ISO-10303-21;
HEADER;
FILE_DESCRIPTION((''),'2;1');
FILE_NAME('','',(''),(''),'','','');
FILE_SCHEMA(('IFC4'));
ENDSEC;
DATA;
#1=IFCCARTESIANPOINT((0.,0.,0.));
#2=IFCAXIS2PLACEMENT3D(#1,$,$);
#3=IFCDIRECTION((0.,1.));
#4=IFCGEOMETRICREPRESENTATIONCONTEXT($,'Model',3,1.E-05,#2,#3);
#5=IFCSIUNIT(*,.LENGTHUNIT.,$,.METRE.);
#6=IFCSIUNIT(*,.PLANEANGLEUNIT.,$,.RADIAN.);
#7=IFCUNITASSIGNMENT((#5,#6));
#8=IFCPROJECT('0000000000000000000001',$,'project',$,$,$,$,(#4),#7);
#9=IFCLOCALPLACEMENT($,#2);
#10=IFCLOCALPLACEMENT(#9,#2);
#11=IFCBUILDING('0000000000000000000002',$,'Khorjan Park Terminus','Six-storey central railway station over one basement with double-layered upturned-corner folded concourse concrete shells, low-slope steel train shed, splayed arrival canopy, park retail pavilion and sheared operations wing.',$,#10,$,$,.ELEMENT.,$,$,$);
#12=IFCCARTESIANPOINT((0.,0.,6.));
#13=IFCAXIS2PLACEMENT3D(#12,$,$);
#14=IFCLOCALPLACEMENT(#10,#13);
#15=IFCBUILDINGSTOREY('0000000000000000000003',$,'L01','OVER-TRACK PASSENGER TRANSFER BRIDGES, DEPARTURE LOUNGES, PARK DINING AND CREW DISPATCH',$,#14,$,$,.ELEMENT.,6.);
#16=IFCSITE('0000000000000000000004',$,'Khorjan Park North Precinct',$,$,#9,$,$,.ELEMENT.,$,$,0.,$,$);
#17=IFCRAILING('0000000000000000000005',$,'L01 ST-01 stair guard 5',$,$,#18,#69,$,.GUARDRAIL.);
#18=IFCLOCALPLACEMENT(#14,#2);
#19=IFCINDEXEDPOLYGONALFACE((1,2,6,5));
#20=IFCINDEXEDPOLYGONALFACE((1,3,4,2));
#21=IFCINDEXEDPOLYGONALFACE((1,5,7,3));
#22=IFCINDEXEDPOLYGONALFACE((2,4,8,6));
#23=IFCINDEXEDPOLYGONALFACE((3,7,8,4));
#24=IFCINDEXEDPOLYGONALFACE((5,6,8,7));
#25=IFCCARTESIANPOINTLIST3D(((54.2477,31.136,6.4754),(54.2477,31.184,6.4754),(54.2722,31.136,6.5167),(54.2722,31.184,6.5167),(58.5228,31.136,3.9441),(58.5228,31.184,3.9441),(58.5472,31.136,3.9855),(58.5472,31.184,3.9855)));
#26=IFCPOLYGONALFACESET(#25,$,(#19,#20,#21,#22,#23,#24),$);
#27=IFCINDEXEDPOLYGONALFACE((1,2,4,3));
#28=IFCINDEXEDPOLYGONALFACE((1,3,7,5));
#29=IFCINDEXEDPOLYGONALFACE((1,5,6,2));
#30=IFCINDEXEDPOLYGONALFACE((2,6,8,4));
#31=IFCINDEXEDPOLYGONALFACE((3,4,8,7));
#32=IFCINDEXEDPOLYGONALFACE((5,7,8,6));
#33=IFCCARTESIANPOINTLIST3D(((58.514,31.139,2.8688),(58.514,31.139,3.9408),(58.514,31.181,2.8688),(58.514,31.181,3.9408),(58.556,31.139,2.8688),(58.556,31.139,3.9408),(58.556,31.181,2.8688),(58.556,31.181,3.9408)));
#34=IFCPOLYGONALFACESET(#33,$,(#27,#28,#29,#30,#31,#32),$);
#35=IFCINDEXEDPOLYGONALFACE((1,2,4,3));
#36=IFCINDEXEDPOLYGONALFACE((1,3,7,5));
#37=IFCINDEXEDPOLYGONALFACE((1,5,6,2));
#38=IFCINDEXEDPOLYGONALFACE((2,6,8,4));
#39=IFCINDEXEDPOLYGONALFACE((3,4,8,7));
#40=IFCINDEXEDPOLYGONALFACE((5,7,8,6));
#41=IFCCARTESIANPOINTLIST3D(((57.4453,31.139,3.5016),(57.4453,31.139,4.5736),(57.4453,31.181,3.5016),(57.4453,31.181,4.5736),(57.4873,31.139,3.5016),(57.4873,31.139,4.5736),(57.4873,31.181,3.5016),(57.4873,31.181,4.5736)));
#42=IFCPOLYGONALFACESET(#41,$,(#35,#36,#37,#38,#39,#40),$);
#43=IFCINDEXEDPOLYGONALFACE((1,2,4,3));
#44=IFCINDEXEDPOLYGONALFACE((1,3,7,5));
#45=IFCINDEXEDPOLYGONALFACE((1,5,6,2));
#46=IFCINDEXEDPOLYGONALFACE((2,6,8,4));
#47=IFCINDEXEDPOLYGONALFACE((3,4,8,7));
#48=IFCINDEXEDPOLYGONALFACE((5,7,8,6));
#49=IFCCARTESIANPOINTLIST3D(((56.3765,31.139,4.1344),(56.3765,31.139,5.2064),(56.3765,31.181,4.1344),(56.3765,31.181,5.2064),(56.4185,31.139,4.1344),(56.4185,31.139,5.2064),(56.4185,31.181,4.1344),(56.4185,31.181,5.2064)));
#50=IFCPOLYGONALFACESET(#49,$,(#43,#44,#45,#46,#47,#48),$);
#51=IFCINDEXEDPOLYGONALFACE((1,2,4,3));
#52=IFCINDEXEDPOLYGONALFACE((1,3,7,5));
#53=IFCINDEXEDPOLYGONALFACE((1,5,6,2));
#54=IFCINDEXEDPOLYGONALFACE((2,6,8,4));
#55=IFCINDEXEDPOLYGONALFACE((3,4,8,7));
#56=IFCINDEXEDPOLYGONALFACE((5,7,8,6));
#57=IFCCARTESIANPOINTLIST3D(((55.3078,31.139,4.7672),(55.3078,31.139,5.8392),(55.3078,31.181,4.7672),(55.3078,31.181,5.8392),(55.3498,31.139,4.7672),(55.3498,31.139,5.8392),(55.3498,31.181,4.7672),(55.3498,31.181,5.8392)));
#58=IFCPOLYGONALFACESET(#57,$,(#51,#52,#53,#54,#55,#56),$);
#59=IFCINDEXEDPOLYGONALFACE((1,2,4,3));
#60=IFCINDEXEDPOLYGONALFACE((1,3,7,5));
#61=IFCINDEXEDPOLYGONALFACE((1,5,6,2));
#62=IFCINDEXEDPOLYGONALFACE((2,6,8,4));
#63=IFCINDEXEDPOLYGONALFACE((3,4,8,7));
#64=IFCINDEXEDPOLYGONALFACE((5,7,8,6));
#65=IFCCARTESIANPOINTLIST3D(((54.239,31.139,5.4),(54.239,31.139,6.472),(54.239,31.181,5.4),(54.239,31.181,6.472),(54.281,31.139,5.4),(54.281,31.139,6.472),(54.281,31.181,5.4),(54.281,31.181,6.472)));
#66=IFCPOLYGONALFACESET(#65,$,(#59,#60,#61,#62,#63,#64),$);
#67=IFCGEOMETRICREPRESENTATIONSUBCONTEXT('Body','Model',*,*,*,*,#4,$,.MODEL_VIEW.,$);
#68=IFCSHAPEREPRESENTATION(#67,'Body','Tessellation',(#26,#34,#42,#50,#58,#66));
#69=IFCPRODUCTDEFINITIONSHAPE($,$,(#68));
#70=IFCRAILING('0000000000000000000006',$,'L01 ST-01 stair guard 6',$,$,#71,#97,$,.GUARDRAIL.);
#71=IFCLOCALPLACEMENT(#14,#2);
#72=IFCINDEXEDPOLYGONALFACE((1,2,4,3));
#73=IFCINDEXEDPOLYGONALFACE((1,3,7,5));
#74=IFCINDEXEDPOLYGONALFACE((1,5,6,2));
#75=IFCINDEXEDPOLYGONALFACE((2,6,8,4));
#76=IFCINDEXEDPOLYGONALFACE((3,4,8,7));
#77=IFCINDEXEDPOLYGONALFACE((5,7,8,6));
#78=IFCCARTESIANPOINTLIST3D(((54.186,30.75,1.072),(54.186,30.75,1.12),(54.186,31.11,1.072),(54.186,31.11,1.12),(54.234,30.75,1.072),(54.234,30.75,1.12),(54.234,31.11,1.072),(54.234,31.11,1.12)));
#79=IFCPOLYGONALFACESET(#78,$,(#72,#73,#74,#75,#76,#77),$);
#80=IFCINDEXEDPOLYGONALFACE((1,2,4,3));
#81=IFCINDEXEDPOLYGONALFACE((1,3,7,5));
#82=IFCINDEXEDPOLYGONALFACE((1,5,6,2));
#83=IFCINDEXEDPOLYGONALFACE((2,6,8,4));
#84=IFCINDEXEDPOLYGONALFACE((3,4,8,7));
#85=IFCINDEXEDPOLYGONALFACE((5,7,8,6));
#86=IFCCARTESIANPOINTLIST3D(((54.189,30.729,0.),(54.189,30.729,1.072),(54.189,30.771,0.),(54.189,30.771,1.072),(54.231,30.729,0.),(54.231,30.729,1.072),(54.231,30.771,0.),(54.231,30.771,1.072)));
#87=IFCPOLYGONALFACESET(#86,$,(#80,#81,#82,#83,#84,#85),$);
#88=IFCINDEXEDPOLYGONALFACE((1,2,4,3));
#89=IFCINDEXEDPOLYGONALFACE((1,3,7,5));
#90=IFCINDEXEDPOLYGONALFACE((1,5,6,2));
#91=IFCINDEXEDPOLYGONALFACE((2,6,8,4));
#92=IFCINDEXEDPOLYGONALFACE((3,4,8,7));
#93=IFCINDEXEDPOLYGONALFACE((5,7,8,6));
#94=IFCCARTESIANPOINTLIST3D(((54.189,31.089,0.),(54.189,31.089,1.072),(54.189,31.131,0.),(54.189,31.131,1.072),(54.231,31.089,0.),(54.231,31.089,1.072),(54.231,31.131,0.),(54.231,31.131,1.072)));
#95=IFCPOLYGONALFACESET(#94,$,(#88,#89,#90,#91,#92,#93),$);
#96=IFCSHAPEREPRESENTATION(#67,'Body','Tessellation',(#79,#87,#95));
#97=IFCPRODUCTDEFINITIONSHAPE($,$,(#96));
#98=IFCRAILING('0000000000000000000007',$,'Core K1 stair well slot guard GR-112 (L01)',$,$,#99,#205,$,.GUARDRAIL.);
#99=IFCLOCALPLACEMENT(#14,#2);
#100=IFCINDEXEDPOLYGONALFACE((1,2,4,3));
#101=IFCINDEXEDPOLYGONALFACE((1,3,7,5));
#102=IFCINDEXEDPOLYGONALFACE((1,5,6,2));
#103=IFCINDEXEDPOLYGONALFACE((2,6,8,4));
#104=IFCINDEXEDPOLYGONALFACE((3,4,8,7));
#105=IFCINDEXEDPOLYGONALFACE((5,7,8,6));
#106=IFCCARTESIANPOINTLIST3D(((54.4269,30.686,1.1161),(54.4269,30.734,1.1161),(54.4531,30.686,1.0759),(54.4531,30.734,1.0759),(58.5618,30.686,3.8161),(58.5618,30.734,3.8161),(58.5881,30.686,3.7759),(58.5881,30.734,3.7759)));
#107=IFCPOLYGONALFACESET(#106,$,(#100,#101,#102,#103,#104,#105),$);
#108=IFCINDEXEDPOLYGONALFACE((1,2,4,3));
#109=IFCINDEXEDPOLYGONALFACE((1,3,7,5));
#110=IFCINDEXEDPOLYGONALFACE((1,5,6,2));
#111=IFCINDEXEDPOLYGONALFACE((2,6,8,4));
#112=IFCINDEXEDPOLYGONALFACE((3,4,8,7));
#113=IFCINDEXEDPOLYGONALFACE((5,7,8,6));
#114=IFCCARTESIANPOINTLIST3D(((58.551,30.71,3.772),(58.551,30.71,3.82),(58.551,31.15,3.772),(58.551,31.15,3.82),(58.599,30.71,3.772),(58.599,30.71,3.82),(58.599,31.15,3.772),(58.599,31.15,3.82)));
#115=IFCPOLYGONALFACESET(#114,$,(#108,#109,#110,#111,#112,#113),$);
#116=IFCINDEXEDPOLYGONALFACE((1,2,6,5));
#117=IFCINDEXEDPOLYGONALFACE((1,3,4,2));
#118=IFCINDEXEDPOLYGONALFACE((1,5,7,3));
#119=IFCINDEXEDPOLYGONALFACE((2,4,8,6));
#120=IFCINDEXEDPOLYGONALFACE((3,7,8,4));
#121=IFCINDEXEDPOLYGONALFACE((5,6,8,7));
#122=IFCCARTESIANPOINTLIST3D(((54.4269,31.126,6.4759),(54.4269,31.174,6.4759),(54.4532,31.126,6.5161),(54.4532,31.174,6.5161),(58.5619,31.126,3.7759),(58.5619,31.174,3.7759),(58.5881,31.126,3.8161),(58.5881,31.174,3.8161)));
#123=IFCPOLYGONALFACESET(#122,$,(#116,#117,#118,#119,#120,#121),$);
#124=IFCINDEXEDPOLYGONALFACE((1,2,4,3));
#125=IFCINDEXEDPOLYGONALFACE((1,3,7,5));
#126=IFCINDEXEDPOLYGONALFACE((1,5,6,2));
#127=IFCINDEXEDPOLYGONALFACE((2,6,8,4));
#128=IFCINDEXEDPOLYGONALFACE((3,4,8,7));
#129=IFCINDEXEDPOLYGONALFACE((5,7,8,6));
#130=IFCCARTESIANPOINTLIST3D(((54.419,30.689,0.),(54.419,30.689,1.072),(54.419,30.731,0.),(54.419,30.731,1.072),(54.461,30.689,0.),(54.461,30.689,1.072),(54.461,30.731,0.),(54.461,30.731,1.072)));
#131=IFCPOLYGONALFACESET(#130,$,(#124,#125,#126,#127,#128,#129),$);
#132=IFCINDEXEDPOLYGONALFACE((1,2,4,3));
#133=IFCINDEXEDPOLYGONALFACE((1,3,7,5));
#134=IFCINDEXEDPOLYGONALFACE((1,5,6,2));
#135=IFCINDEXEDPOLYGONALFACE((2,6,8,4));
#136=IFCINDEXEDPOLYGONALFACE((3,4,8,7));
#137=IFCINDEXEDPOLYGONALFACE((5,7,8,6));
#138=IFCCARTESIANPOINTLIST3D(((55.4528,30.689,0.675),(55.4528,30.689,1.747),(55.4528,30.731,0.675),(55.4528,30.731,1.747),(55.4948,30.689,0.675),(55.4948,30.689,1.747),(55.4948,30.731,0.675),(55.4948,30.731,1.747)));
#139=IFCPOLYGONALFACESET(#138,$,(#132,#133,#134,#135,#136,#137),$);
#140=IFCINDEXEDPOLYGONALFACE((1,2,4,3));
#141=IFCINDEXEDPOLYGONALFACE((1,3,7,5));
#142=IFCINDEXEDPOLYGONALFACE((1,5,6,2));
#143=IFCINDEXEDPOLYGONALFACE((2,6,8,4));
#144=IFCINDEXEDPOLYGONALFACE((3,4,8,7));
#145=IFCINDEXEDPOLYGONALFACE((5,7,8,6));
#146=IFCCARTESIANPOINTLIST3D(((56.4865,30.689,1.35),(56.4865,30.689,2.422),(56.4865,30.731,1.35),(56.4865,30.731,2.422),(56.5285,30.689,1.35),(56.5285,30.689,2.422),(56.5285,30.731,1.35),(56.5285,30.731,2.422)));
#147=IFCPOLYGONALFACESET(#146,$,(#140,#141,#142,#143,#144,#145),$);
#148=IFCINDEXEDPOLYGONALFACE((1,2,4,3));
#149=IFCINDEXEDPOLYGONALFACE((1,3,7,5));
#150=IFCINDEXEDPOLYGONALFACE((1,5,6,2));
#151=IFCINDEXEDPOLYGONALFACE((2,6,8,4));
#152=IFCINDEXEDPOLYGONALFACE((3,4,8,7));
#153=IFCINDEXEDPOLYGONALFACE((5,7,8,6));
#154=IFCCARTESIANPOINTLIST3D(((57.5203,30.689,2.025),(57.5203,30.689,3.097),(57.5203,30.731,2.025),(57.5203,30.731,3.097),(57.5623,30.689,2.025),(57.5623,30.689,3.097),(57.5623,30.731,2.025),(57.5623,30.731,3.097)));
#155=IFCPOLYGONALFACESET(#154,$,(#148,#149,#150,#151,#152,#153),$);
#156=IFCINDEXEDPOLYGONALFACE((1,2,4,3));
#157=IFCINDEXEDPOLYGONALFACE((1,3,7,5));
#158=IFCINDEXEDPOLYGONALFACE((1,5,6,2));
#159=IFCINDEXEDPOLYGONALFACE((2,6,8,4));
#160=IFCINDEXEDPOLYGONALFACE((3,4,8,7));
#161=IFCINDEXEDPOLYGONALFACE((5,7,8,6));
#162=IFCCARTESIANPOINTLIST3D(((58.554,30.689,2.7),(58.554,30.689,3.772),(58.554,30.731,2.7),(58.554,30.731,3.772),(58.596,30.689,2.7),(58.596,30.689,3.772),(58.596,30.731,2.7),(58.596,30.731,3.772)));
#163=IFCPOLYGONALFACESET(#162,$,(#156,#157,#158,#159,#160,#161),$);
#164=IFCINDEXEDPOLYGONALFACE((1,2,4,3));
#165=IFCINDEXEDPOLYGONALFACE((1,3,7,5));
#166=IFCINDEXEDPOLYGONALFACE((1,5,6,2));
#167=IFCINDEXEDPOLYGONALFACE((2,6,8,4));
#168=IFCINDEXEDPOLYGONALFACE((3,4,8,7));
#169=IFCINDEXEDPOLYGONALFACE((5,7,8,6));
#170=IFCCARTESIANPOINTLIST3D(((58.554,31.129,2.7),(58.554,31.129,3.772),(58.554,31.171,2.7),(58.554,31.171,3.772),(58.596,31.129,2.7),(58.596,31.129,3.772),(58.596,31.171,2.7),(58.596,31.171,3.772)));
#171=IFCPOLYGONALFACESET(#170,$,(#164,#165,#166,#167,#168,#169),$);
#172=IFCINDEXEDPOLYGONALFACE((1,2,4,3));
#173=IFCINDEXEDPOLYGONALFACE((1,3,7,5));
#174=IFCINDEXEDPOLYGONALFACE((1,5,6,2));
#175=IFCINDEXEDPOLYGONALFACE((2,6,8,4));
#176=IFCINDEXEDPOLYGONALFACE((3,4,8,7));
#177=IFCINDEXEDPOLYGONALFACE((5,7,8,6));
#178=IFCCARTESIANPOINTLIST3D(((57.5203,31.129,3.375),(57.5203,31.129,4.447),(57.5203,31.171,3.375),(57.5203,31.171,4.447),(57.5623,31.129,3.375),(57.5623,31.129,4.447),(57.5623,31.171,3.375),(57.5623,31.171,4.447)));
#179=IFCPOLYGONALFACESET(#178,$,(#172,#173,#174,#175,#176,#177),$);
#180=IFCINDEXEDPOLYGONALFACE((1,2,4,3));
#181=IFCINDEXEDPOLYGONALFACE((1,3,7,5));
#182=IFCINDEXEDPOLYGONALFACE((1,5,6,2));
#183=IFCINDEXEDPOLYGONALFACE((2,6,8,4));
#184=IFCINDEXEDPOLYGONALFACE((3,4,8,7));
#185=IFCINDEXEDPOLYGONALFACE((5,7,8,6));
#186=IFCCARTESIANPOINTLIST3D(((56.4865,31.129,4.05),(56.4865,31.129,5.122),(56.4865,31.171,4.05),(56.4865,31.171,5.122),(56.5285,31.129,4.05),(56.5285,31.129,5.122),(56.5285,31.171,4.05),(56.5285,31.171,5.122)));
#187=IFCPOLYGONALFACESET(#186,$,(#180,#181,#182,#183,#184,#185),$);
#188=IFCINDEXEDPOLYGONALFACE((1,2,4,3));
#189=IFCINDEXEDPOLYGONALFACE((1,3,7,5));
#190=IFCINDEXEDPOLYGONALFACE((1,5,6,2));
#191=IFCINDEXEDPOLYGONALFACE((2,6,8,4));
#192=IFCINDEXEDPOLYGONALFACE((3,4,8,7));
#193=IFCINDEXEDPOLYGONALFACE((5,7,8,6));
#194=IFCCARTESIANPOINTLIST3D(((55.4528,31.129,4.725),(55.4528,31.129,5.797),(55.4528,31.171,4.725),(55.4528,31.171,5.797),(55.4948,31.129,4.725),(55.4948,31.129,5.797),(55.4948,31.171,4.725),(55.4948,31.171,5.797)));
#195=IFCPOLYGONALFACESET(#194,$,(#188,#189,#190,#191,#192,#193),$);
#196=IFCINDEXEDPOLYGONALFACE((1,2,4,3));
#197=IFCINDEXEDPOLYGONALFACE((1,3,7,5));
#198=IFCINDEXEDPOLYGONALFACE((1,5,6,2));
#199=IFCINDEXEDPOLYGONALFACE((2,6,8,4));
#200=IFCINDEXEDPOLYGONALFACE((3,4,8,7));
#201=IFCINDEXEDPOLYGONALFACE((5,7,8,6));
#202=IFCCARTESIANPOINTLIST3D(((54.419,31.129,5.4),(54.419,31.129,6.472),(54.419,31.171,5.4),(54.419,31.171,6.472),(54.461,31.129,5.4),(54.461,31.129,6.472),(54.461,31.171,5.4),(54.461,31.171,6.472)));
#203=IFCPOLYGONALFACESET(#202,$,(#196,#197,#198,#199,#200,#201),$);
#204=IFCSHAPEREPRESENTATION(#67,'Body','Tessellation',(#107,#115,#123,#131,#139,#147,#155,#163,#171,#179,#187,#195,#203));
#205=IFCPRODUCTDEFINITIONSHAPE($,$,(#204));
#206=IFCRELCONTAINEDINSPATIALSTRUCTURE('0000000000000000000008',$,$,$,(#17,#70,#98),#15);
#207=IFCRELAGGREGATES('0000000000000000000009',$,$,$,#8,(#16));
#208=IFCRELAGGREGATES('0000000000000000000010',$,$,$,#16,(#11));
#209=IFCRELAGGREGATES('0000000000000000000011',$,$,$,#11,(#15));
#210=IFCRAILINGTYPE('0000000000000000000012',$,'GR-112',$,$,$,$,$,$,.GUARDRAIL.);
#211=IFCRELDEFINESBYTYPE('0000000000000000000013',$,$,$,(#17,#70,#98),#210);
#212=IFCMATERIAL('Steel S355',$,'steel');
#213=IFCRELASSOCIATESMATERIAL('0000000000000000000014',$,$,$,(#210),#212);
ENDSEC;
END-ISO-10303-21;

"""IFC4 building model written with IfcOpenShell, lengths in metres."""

from ifc_helpers import new_model, si_unit, direction, frame, origin, origin_2d, place, context, subcontext, project, spatial, rectangle, extrude, material, type_object, element, save


model = new_model("IFC4")

# Units and contexts
model_context = context("Model", 3, precision=1e-05, world=origin(), true_north=direction((0.0, 1.0)))
body_context = subcontext(model_context, "Body", "Model", "MODEL_VIEW")
ifc_project = project(units=[si_unit("LENGTHUNIT", "METRE"), si_unit("PLANEANGLEUNIT", "RADIAN")], contexts=[model_context])

# Site, building, storey
site_placement = place(None, origin())
site = spatial("IfcSite", under=ifc_project, at=site_placement, Name="Khorjan Park North Precinct", CompositionType="ELEMENT", RefElevation=0.0)
building_placement = place(site_placement, origin())
building = spatial("IfcBuilding", under=site, at=building_placement, Name="Khorjan Park Terminus", Description="Six-storey central railway station over one basement with double-layered upturned-corner folded concourse concrete shells, low-slope steel train shed, splayed arrival canopy, park retail pavilion and sheared operations wing.", CompositionType="ELEMENT")
storey_placement = place(building_placement, frame((0.0, 0.0, 6.0)))
storey = spatial("IfcBuildingStorey", under=building, at=storey_placement, Name="L01", Description="OVER-TRACK PASSENGER TRANSFER BRIDGES, DEPARTURE LOUNGES, PARK DINING AND CREW DISPATCH", CompositionType="ELEMENT", Elevation=6.0)

# Railings
ifc_material_1 = material(Name="Steel S355", Category="steel")
railing_type_1 = type_object("IfcRailingType", Name="GR-112", PredefinedType="GUARDRAIL", material=ifc_material_1)
railing_1_placement = place(storey_placement, frame((58.535, 31.16, 2.8688)))
element("IfcRailing", 1, at=railing_1_placement, inside=storey, type_object=railing_type_1, Name="L01 ST-01 stair guard 5", PredefinedType="GUARDRAIL", context=body_context, shape_type="SweptSolid", body=[
    extrude(rectangle(XDim=0.048, YDim=0.048, at=origin_2d()), frame((0.0, 0.0, 1.096), z_axis=(-0.86048, 0.0, 0.509485), x_axis=(0.0, -1.0, 0.0)), (0.0, 0.0, 1.0), 4.9682),
    extrude(rectangle(XDim=0.042, YDim=0.042, at=origin_2d()), origin(), (0.0, 0.0, 1.0), 1.072),
    extrude(rectangle(XDim=0.042, YDim=0.042, at=origin_2d()), frame((-1.0687, 0.0, 0.6328)), (0.0, 0.0, 1.0), 1.072),
    extrude(rectangle(XDim=0.042, YDim=0.042, at=origin_2d()), frame((-2.1375, 0.0, 1.2656)), (0.0, 0.0, 1.0), 1.072),
    extrude(rectangle(XDim=0.042, YDim=0.042, at=origin_2d()), frame((-3.2062, 0.0, 1.8984)), (0.0, 0.0, 1.0), 1.072),
    extrude(rectangle(XDim=0.042, YDim=0.042, at=origin_2d()), frame((-4.275, 0.0, 2.5312)), (0.0, 0.0, 1.0), 1.072),
])
railing_2_placement = place(storey_placement, frame((54.21, 30.75, 0.0)))
element("IfcRailing", 2, at=railing_2_placement, inside=storey, type_object=railing_type_1, Name="L01 ST-01 stair guard 6", PredefinedType="GUARDRAIL", context=body_context, shape_type="SweptSolid", body=[
    extrude(rectangle(XDim=0.048, YDim=0.048, at=origin_2d()), frame((0.0, 0.0, 1.096), z_axis=(0.0, 1.0, 0.0), x_axis=(-1.0, 0.0, 0.0)), (0.0, 0.0, 1.0), 0.36),
    extrude(rectangle(XDim=0.042, YDim=0.042, at=origin_2d()), origin(), (0.0, 0.0, 1.0), 1.072),
    extrude(rectangle(XDim=0.042, YDim=0.042, at=origin_2d()), frame((0.0, 0.36, 0.0)), (0.0, 0.0, 1.0), 1.072),
])
railing_3_placement = place(storey_placement, frame((54.44, 30.71, 0.0)))
element("IfcRailing", 3, at=railing_3_placement, inside=storey, type_object=railing_type_1, Name="Core K1 stair well slot guard GR-112 (L01)", PredefinedType="GUARDRAIL", context=body_context, shape_type="SweptSolid", body=[
    extrude(rectangle(XDim=0.048, YDim=0.048, at=origin_2d()), frame((0.0, 0.0, 1.096), z_axis=(0.837308, 0.0, 0.546731), x_axis=(0.0, 1.0, 0.0)), (0.0, 0.0, 1.0), 4.9384),
    extrude(rectangle(XDim=0.048, YDim=0.048, at=origin_2d()), frame((4.135, 0.0, 3.796), z_axis=(0.0, 1.0, 0.0), x_axis=(-1.0, 0.0, 0.0)), (0.0, 0.0, 1.0), 0.44),
    extrude(rectangle(XDim=0.048, YDim=0.048, at=origin_2d()), frame((4.135, 0.44, 3.796), z_axis=(-0.837308, 0.0, 0.546731), x_axis=(0.0, -1.0, 0.0)), (0.0, 0.0, 1.0), 4.9384),
    extrude(rectangle(XDim=0.042, YDim=0.042, at=origin_2d()), origin(), (0.0, 0.0, 1.0), 1.072),
    extrude(rectangle(XDim=0.042, YDim=0.042, at=origin_2d()), frame((1.0338, 0.0, 0.675)), (0.0, 0.0, 1.0), 1.072),
    extrude(rectangle(XDim=0.042, YDim=0.042, at=origin_2d()), frame((2.0675, 0.0, 1.35)), (0.0, 0.0, 1.0), 1.072),
    extrude(rectangle(XDim=0.042, YDim=0.042, at=origin_2d()), frame((3.1013, 0.0, 2.025)), (0.0, 0.0, 1.0), 1.072),
    extrude(rectangle(XDim=0.042, YDim=0.042, at=origin_2d()), frame((4.135, 0.0, 2.7)), (0.0, 0.0, 1.0), 1.072),
    extrude(rectangle(XDim=0.042, YDim=0.042, at=origin_2d()), frame((4.135, 0.44, 2.7)), (0.0, 0.0, 1.0), 1.072),
    extrude(rectangle(XDim=0.042, YDim=0.042, at=origin_2d()), frame((3.1013, 0.44, 3.375)), (0.0, 0.0, 1.0), 1.072),
    extrude(rectangle(XDim=0.042, YDim=0.042, at=origin_2d()), frame((2.0675, 0.44, 4.05)), (0.0, 0.0, 1.0), 1.072),
    extrude(rectangle(XDim=0.042, YDim=0.042, at=origin_2d()), frame((1.0338, 0.44, 4.725)), (0.0, 0.0, 1.0), 1.072),
    extrude(rectangle(XDim=0.042, YDim=0.042, at=origin_2d()), frame((0.0, 0.44, 5.4)), (0.0, 0.0, 1.0), 1.072),
])

save(model, "model.ifc")
